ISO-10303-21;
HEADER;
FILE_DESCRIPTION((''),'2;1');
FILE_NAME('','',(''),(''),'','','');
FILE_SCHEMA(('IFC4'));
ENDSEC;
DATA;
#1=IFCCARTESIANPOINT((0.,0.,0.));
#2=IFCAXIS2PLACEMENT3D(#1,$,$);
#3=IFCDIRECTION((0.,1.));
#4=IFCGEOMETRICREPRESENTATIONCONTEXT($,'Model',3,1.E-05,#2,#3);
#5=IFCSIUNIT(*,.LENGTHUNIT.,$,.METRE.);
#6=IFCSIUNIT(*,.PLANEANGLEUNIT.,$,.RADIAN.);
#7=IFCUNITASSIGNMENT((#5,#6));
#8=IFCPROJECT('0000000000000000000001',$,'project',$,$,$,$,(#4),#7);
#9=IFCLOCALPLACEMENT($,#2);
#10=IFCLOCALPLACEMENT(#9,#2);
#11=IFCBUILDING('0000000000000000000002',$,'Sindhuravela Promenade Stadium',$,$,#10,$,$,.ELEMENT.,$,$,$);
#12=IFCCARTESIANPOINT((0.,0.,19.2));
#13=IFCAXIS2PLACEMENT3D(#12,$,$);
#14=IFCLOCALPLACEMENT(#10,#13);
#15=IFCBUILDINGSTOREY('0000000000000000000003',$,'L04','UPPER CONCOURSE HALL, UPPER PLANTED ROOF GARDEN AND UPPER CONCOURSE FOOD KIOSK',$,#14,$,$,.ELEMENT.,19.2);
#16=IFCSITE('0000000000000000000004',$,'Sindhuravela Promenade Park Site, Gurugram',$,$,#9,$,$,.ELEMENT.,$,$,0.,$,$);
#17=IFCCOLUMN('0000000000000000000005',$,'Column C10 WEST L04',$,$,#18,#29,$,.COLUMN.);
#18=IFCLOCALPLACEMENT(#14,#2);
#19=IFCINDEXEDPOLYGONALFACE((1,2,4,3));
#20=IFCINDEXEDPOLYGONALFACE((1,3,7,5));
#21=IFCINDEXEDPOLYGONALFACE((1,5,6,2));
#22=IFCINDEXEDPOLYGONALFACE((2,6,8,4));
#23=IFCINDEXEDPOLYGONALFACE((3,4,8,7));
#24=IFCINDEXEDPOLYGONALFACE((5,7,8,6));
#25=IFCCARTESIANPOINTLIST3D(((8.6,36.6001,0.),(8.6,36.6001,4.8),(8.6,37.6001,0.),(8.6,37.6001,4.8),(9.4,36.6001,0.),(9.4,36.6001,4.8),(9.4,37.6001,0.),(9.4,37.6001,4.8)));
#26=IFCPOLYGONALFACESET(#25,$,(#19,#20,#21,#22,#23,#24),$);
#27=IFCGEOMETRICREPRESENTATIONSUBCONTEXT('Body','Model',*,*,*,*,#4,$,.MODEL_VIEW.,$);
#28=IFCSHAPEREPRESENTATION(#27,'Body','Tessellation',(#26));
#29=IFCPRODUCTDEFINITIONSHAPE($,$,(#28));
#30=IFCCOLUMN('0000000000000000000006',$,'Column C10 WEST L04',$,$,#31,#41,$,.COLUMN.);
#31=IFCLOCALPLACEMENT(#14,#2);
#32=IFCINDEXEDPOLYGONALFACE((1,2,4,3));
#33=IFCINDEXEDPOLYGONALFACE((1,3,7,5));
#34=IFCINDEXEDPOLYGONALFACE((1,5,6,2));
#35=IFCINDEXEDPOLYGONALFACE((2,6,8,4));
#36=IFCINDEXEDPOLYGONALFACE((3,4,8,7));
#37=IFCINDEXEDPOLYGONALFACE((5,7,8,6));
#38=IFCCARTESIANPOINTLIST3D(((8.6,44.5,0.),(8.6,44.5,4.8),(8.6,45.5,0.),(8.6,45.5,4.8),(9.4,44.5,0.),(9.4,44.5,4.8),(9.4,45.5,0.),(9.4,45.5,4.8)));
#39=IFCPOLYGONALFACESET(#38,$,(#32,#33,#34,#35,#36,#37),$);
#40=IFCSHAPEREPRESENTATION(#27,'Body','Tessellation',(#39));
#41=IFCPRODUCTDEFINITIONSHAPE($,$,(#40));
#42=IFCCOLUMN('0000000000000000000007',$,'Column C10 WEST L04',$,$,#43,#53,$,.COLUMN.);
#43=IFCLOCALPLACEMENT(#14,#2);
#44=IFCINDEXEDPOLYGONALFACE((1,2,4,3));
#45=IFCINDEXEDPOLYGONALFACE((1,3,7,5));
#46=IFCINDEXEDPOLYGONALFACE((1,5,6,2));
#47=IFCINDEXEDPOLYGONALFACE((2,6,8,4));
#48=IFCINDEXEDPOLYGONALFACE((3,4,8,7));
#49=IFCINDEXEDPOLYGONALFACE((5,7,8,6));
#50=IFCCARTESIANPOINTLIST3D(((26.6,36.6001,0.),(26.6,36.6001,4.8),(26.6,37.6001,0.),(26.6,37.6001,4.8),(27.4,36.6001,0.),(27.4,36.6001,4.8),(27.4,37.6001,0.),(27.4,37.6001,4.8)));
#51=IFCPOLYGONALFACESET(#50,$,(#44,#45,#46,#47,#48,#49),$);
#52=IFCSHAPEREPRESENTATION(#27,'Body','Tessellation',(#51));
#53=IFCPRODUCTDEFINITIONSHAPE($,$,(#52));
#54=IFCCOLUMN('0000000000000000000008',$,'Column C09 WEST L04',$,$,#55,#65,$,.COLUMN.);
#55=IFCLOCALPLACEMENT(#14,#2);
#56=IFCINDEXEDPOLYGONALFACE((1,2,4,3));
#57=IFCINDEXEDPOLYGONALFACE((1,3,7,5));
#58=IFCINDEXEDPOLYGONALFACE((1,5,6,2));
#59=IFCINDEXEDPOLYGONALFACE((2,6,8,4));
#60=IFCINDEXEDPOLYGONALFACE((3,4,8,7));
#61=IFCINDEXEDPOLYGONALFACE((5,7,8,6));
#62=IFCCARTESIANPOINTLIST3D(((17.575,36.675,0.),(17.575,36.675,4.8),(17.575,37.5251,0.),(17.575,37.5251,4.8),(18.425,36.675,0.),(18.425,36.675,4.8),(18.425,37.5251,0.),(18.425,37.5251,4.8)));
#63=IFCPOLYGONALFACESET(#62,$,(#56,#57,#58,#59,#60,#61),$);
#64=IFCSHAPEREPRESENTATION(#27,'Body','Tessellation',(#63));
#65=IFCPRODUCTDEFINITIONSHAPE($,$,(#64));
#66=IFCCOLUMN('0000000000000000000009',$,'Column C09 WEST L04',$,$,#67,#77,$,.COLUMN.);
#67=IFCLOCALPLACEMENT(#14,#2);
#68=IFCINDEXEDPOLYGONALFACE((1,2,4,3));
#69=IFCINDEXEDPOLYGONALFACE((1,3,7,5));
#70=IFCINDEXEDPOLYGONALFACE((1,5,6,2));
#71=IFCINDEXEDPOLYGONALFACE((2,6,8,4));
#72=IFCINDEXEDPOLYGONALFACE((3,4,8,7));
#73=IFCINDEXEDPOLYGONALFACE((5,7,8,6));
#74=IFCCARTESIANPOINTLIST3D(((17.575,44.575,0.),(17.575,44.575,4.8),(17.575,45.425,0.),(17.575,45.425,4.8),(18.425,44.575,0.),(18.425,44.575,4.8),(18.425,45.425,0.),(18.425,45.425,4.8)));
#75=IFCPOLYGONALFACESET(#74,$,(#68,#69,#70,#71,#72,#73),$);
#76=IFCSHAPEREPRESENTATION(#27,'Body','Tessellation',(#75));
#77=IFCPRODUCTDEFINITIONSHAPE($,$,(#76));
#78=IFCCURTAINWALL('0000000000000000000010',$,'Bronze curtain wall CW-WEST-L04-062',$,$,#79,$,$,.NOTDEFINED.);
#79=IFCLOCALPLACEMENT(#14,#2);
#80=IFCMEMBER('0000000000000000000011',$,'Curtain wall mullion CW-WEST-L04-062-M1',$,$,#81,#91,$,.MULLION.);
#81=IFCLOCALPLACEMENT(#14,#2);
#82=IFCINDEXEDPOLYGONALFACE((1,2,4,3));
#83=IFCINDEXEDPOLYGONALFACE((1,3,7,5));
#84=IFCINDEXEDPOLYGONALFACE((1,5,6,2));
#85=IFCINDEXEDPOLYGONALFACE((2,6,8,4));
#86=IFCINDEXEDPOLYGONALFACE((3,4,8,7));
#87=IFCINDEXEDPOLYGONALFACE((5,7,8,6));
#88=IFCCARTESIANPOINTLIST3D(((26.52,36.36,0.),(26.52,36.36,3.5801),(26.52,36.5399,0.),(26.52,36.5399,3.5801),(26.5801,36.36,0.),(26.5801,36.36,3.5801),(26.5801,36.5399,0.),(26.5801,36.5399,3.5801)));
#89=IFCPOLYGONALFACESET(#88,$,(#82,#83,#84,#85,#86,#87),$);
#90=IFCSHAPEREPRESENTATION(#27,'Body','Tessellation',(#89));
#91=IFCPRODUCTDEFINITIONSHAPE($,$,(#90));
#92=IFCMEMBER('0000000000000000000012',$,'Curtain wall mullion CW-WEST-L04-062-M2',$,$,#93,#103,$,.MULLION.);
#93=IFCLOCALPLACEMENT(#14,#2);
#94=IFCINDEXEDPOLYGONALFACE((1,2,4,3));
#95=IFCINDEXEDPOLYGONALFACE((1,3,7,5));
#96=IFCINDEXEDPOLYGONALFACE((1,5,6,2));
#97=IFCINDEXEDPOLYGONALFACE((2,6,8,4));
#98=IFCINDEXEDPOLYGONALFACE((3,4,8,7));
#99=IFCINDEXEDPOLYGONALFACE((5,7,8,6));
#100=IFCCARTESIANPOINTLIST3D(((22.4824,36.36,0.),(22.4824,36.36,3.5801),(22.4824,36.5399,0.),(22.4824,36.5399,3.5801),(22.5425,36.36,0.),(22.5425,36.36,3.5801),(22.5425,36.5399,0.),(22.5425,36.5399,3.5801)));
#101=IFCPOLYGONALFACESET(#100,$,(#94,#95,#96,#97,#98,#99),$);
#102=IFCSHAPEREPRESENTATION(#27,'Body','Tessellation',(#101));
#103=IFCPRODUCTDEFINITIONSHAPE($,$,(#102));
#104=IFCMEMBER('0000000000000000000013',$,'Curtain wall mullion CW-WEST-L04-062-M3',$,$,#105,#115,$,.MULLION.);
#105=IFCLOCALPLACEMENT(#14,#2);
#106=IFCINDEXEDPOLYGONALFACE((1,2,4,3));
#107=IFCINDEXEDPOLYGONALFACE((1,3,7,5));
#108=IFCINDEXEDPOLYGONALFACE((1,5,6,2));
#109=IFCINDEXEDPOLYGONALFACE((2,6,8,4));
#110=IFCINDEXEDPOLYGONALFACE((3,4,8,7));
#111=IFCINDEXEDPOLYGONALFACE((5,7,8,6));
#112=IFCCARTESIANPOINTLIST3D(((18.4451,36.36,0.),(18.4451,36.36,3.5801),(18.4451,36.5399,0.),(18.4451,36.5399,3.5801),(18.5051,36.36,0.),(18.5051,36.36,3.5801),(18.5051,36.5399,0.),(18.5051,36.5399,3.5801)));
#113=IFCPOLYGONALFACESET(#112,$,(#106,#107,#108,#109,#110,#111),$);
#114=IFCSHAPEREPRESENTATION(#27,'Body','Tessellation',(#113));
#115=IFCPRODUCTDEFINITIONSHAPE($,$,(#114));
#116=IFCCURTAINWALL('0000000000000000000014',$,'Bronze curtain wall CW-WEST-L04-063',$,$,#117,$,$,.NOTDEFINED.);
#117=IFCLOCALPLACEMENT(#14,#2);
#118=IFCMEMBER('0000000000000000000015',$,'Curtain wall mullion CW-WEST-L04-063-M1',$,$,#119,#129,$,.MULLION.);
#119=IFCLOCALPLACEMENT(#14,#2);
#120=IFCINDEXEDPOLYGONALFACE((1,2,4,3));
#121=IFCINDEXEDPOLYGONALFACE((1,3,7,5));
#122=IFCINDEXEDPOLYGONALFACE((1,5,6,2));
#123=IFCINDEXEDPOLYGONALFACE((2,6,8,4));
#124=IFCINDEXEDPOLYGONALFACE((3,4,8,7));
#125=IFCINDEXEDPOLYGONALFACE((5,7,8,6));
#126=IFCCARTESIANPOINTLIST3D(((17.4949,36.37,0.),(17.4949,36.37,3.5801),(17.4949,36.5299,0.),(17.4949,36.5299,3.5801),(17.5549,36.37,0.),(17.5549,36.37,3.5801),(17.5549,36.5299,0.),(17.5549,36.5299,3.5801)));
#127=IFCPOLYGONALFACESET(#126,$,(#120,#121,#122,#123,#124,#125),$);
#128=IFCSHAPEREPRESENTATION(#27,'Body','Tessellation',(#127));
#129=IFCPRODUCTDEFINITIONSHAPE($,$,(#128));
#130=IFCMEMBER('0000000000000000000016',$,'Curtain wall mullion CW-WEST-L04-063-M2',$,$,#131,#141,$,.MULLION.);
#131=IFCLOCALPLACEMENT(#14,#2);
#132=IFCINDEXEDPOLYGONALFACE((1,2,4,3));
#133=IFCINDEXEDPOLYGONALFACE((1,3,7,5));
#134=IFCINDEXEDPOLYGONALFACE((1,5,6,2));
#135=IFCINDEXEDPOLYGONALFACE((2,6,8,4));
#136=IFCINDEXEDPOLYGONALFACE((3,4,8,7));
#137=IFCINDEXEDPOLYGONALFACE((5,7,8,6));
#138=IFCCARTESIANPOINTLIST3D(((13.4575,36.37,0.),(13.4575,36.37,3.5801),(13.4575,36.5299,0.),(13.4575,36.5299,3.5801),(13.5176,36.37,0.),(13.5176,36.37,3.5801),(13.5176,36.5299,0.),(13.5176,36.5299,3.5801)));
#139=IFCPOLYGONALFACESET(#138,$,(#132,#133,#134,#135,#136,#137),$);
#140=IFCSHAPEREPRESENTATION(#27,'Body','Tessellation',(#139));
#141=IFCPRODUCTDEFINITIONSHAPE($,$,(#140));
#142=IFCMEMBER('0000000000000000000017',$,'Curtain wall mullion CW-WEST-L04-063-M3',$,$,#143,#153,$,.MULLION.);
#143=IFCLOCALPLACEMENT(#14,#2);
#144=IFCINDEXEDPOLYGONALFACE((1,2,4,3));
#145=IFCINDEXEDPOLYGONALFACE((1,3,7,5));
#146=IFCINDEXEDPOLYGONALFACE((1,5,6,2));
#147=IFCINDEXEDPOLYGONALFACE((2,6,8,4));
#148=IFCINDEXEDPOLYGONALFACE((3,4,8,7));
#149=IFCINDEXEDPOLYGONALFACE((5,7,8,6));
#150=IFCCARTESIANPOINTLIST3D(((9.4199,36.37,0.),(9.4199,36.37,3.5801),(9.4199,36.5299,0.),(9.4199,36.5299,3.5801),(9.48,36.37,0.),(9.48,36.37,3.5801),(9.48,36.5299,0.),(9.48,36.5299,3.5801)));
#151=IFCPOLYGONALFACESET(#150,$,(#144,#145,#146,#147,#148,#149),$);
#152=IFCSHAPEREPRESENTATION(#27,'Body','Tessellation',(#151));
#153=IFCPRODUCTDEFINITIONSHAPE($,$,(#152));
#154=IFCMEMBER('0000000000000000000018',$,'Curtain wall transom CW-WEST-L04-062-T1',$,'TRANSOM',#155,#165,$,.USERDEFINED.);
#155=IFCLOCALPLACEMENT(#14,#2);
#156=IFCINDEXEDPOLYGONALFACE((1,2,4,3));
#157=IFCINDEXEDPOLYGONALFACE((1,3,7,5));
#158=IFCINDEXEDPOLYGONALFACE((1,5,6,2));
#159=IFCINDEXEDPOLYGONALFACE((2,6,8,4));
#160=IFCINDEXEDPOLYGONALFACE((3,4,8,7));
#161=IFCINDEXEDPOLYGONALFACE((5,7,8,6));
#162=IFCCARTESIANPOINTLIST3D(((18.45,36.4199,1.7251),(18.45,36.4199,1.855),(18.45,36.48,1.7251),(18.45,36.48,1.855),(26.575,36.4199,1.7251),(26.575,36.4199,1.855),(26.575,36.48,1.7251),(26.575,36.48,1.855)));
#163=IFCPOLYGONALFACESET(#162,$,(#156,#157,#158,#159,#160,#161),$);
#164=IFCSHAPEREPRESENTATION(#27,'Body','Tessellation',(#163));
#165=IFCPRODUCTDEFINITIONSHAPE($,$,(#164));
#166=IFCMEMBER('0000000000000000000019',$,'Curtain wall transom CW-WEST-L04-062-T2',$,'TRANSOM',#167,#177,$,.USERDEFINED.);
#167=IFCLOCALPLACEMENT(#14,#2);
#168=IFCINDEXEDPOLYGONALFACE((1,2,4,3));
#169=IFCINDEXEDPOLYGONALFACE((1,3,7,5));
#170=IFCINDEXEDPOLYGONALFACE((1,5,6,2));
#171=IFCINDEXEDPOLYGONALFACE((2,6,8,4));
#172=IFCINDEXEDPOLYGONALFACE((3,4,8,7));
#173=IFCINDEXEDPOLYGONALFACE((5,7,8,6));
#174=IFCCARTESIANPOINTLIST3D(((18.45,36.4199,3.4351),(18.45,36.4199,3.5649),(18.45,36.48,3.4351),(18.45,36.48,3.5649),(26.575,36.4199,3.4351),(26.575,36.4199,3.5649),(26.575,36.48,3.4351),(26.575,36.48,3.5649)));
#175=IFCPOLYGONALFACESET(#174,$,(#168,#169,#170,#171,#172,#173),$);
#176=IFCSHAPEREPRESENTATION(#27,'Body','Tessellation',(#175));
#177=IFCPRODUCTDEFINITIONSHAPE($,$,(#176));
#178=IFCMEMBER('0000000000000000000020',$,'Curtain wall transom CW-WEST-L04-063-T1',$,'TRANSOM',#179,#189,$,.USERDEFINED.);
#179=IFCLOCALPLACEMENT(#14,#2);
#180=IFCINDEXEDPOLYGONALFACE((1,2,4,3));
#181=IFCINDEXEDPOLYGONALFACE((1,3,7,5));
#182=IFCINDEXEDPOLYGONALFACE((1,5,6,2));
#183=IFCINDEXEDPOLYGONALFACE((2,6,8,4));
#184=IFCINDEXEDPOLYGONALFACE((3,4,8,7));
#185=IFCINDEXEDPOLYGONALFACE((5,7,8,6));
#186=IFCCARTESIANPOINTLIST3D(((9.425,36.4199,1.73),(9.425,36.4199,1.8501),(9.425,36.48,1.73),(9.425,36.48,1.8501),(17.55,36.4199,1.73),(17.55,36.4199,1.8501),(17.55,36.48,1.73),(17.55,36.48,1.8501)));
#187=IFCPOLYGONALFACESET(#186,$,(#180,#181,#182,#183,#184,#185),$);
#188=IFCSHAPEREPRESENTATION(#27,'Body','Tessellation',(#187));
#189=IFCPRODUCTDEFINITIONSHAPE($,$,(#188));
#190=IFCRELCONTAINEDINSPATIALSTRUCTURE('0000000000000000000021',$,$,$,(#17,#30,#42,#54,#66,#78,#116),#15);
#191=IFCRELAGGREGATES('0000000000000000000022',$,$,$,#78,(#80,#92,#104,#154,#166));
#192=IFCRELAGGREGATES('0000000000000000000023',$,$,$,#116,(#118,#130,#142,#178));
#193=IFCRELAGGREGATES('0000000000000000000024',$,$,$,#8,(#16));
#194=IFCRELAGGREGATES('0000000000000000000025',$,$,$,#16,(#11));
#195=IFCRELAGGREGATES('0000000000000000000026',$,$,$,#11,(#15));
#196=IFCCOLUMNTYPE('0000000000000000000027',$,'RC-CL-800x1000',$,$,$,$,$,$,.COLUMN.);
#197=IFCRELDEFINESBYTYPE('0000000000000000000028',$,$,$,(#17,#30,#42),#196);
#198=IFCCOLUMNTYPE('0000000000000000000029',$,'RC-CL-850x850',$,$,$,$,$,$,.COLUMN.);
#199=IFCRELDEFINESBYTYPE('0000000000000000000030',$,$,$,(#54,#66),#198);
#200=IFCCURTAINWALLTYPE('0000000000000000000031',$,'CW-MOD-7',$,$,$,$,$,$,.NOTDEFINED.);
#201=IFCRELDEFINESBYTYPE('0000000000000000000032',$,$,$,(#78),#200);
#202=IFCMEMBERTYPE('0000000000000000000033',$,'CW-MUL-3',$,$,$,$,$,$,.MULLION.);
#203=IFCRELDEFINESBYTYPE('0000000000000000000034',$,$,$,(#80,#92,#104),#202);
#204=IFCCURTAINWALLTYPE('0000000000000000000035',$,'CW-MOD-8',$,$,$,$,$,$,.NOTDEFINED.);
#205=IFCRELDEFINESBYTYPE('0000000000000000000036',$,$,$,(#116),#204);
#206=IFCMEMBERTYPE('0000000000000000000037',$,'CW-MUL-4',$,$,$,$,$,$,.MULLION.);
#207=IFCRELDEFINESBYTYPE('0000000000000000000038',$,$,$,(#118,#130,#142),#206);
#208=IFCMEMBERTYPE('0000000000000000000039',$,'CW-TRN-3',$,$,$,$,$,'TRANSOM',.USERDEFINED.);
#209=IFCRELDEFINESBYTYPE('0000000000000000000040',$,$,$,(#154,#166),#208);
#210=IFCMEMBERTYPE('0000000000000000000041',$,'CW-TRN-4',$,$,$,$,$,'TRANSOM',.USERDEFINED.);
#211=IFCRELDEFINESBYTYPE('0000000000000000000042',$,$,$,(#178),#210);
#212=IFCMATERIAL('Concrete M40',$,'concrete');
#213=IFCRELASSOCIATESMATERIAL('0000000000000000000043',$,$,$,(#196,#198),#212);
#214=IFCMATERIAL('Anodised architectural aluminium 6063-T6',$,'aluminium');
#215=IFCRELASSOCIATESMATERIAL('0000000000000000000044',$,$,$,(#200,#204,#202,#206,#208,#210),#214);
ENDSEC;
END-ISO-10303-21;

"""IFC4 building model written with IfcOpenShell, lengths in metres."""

from ifc_helpers import new_model, si_unit, direction, frame, origin, origin_2d, place, context, subcontext, project, spatial, rectangle, extrude, material, material_profile, profile_set, type_object, element, aggregate, save


model = new_model("IFC4")

# Units and contexts
model_context = context("Model", 3, precision=1e-05, world=origin(), true_north=direction((0.0, 1.0)))
body_context = subcontext(model_context, "Body", "Model", "MODEL_VIEW")
ifc_project = project(units=[si_unit("LENGTHUNIT", "METRE"), si_unit("PLANEANGLEUNIT", "RADIAN")], contexts=[model_context])

# Site, building, storey
site_placement = place(None, origin())
site = spatial("IfcSite", under=ifc_project, at=site_placement, Name="Sindhuravela Promenade Park Site, Gurugram", CompositionType="ELEMENT", RefElevation=0.0)
building_placement = place(site_placement, origin())
building = spatial("IfcBuilding", under=site, at=building_placement, Name="Sindhuravela Promenade Stadium", CompositionType="ELEMENT")
storey_placement = place(building_placement, frame((0.0, 0.0, 19.2)))
storey = spatial("IfcBuildingStorey", under=building, at=storey_placement, Name="L04", Description="UPPER CONCOURSE HALL, UPPER PLANTED ROOF GARDEN AND UPPER CONCOURSE FOOD KIOSK", CompositionType="ELEMENT", Elevation=19.2)

# Columns
ifc_material_1 = material(Name="Concrete M40", Category="concrete")
ifc_material_profile_1 = material_profile(ifc_material_1, rectangle(XDim=0.8, YDim=1.0, at=origin_2d()), Name="RC 800x1000")
ifc_profile_set_1 = profile_set([ifc_material_profile_1], Name="Concrete M40")
column_type_1 = type_object("IfcColumnType", Name="RC-CL-800x1000", PredefinedType="COLUMN", material=ifc_profile_set_1)
for number, where, z_axis, x_axis, name in (
    (1, (9.0, 37.1001, 0.0), (0.0, 0.0, 1.0), (1.0, 0.0, 0.0), "Column C10 WEST L04"),
    (2, (9.0, 45.0, 0.0), (0.0, 0.0, 1.0), (1.0, 0.0, 0.0), "Column C10 WEST L04"),
    (3, (27.0, 37.1001, 0.0), (0.0, 0.0, 1.0), (1.0, 0.0, 0.0), "Column C10 WEST L04"),
):
    element("IfcColumn", number, at=place(storey_placement, frame(where, z_axis=z_axis, x_axis=x_axis)), inside=storey, type_object=column_type_1, Name=name, PredefinedType="COLUMN", context=body_context, shape_type="SweptSolid", body=[
        extrude(rectangle(XDim=0.8, YDim=1.0, at=origin_2d()), origin(), (0.0, 0.0, 1.0), 4.8),
    ])
ifc_material_profile_2 = material_profile(ifc_material_1, rectangle(XDim=0.8501, YDim=0.8501, at=origin_2d()), Name="RC 850x850")
ifc_profile_set_2 = profile_set([ifc_material_profile_2], Name="Concrete M40")
column_type_2 = type_object("IfcColumnType", Name="RC-CL-850x850", PredefinedType="COLUMN", material=ifc_profile_set_2)
for number, where, z_axis, x_axis, name in (
    (4, (18.0, 37.1001, 0.0), (0.0, 0.0, 1.0), (1.0, 0.0, 0.0), "Column C09 WEST L04"),
    (5, (18.0, 45.0, 0.0), (0.0, 0.0, 1.0), (1.0, 0.0, 0.0), "Column C09 WEST L04"),
):
    element("IfcColumn", number, at=place(storey_placement, frame(where, z_axis=z_axis, x_axis=x_axis)), inside=storey, type_object=column_type_2, Name=name, PredefinedType="COLUMN", context=body_context, shape_type="SweptSolid", body=[
        extrude(rectangle(XDim=0.8501, YDim=0.8501, at=origin_2d()), origin(), (0.0, 0.0, 1.0), 4.8),
    ])

# Curtain walls, members
ifc_material_2 = material(Name="Anodised architectural aluminium 6063-T6", Category="aluminium")
curtain_wall_type_1 = type_object("IfcCurtainWallType", Name="CW-MOD-7", PredefinedType="NOTDEFINED", material=ifc_material_2)
curtain_wall_1_placement = place(storey_placement, origin())
curtain_wall_1 = element("IfcCurtainWall", 6, at=curtain_wall_1_placement, inside=storey, type_object=curtain_wall_type_1, Name="Bronze curtain wall CW-WEST-L04-062", PredefinedType="NOTDEFINED")
ifc_material_profile_3 = material_profile(ifc_material_2, rectangle(XDim=0.0601, YDim=0.1799, at=origin_2d()), Name="ALU M60x180")
ifc_profile_set_3 = profile_set([ifc_material_profile_3], Name="Anodised architectural aluminium 6063-T6")
member_type_1 = type_object("IfcMemberType", Name="CW-MUL-3", PredefinedType="MULLION", material=ifc_profile_set_3)
member_1_placement = place(storey_placement, frame((26.55, 36.45, 0.0), z_axis=(0.0, 0.0, 1.0), x_axis=(1.0, 0.0, 0.0)))
member_1 = element("IfcMember", 7, at=member_1_placement, type_object=member_type_1, Name="Curtain wall mullion CW-WEST-L04-062-M1", PredefinedType="MULLION", context=body_context, shape_type="SweptSolid", body=[
    extrude(rectangle(XDim=0.0601, YDim=0.1799, at=origin_2d()), origin(), (0.0, 0.0, 1.0), 3.5801),
])
member_2_placement = place(storey_placement, frame((22.5125, 36.45, 0.0), z_axis=(0.0, 0.0, 1.0), x_axis=(1.0, 0.0, 0.0)))
member_2 = element("IfcMember", 8, at=member_2_placement, type_object=member_type_1, Name="Curtain wall mullion CW-WEST-L04-062-M2", PredefinedType="MULLION", context=body_context, shape_type="SweptSolid", body=[
    extrude(rectangle(XDim=0.0601, YDim=0.1799, at=origin_2d()), origin(), (0.0, 0.0, 1.0), 3.5801),
])
member_3_placement = place(storey_placement, frame((18.4751, 36.45, 0.0), z_axis=(0.0, 0.0, 1.0), x_axis=(1.0, 0.0, 0.0)))
member_3 = element("IfcMember", 9, at=member_3_placement, type_object=member_type_1, Name="Curtain wall mullion CW-WEST-L04-062-M3", PredefinedType="MULLION", context=body_context, shape_type="SweptSolid", body=[
    extrude(rectangle(XDim=0.0601, YDim=0.1799, at=origin_2d()), origin(), (0.0, 0.0, 1.0), 3.5801),
])
curtain_wall_type_2 = type_object("IfcCurtainWallType", Name="CW-MOD-8", PredefinedType="NOTDEFINED", material=ifc_material_2)
curtain_wall_2_placement = place(storey_placement, origin())
curtain_wall_2 = element("IfcCurtainWall", 10, at=curtain_wall_2_placement, inside=storey, type_object=curtain_wall_type_2, Name="Bronze curtain wall CW-WEST-L04-063", PredefinedType="NOTDEFINED")
ifc_material_profile_4 = material_profile(ifc_material_2, rectangle(XDim=0.0601, YDim=0.1599, at=origin_2d()), Name="ALU M60x160")
ifc_profile_set_4 = profile_set([ifc_material_profile_4], Name="Anodised architectural aluminium 6063-T6")
member_type_2 = type_object("IfcMemberType", Name="CW-MUL-4", PredefinedType="MULLION", material=ifc_profile_set_4)
member_4_placement = place(storey_placement, frame((17.5249, 36.45, 0.0), z_axis=(0.0, 0.0, 1.0), x_axis=(1.0, 0.0, 0.0)))
member_4 = element("IfcMember", 11, at=member_4_placement, type_object=member_type_2, Name="Curtain wall mullion CW-WEST-L04-063-M1", PredefinedType="MULLION", context=body_context, shape_type="SweptSolid", body=[
    extrude(rectangle(XDim=0.0601, YDim=0.1599, at=origin_2d()), origin(), (0.0, 0.0, 1.0), 3.5801),
])
member_5_placement = place(storey_placement, frame((13.4875, 36.45, 0.0), z_axis=(0.0, 0.0, 1.0), x_axis=(1.0, 0.0, 0.0)))
member_5 = element("IfcMember", 12, at=member_5_placement, type_object=member_type_2, Name="Curtain wall mullion CW-WEST-L04-063-M2", PredefinedType="MULLION", context=body_context, shape_type="SweptSolid", body=[
    extrude(rectangle(XDim=0.0601, YDim=0.1599, at=origin_2d()), origin(), (0.0, 0.0, 1.0), 3.5801),
])
member_6_placement = place(storey_placement, frame((9.45, 36.45, 0.0), z_axis=(0.0, 0.0, 1.0), x_axis=(1.0, 0.0, 0.0)))
member_6 = element("IfcMember", 13, at=member_6_placement, type_object=member_type_2, Name="Curtain wall mullion CW-WEST-L04-063-M3", PredefinedType="MULLION", context=body_context, shape_type="SweptSolid", body=[
    extrude(rectangle(XDim=0.0601, YDim=0.1599, at=origin_2d()), origin(), (0.0, 0.0, 1.0), 3.5801),
])

# Members
ifc_material_profile_5 = material_profile(ifc_material_2, rectangle(XDim=0.0601, YDim=0.1299, at=origin_2d()), Name="ALU T60x130")
ifc_profile_set_5 = profile_set([ifc_material_profile_5], Name="Anodised architectural aluminium 6063-T6")
member_type_3 = type_object("IfcMemberType", Name="CW-TRN-3", ElementType="TRANSOM", PredefinedType="USERDEFINED", material=ifc_profile_set_5)
member_7_placement = place(storey_placement, frame((26.575, 36.45, 1.79), z_axis=(-1.0, 0.0, 0.0), x_axis=(0.0, -1.0, 0.0)))
member_7 = element("IfcMember", 14, at=member_7_placement, type_object=member_type_3, Name="Curtain wall transom CW-WEST-L04-062-T1", ObjectType="TRANSOM", PredefinedType="USERDEFINED", context=body_context, shape_type="SweptSolid", body=[
    extrude(rectangle(XDim=0.0601, YDim=0.1299, at=origin_2d()), origin(), (0.0, 0.0, 1.0), 8.125),
])
member_8_placement = place(storey_placement, frame((26.575, 36.45, 3.5), z_axis=(-1.0, 0.0, 0.0), x_axis=(0.0, -1.0, 0.0)))
member_8 = element("IfcMember", 15, at=member_8_placement, type_object=member_type_3, Name="Curtain wall transom CW-WEST-L04-062-T2", ObjectType="TRANSOM", PredefinedType="USERDEFINED", context=body_context, shape_type="SweptSolid", body=[
    extrude(rectangle(XDim=0.0601, YDim=0.1299, at=origin_2d()), origin(), (0.0, 0.0, 1.0), 8.125),
])
ifc_material_profile_6 = material_profile(ifc_material_2, rectangle(XDim=0.0601, YDim=0.1201, at=origin_2d()), Name="ALU T60x120")
ifc_profile_set_6 = profile_set([ifc_material_profile_6], Name="Anodised architectural aluminium 6063-T6")
member_type_4 = type_object("IfcMemberType", Name="CW-TRN-4", ElementType="TRANSOM", PredefinedType="USERDEFINED", material=ifc_profile_set_6)
member_9_placement = place(storey_placement, frame((17.55, 36.45, 1.79), z_axis=(-1.0, 0.0, 0.0), x_axis=(0.0, -1.0, 0.0)))
member_9 = element("IfcMember", 16, at=member_9_placement, type_object=member_type_4, Name="Curtain wall transom CW-WEST-L04-063-T1", ObjectType="TRANSOM", PredefinedType="USERDEFINED", context=body_context, shape_type="SweptSolid", body=[
    extrude(rectangle(XDim=0.0601, YDim=0.1201, at=origin_2d()), origin(), (0.0, 0.0, 1.0), 8.125),
])

aggregate(curtain_wall_1, [member_1, member_2, member_3, member_7, member_8])
aggregate(curtain_wall_2, [member_4, member_5, member_6, member_9])

save(model, "model.ifc")
